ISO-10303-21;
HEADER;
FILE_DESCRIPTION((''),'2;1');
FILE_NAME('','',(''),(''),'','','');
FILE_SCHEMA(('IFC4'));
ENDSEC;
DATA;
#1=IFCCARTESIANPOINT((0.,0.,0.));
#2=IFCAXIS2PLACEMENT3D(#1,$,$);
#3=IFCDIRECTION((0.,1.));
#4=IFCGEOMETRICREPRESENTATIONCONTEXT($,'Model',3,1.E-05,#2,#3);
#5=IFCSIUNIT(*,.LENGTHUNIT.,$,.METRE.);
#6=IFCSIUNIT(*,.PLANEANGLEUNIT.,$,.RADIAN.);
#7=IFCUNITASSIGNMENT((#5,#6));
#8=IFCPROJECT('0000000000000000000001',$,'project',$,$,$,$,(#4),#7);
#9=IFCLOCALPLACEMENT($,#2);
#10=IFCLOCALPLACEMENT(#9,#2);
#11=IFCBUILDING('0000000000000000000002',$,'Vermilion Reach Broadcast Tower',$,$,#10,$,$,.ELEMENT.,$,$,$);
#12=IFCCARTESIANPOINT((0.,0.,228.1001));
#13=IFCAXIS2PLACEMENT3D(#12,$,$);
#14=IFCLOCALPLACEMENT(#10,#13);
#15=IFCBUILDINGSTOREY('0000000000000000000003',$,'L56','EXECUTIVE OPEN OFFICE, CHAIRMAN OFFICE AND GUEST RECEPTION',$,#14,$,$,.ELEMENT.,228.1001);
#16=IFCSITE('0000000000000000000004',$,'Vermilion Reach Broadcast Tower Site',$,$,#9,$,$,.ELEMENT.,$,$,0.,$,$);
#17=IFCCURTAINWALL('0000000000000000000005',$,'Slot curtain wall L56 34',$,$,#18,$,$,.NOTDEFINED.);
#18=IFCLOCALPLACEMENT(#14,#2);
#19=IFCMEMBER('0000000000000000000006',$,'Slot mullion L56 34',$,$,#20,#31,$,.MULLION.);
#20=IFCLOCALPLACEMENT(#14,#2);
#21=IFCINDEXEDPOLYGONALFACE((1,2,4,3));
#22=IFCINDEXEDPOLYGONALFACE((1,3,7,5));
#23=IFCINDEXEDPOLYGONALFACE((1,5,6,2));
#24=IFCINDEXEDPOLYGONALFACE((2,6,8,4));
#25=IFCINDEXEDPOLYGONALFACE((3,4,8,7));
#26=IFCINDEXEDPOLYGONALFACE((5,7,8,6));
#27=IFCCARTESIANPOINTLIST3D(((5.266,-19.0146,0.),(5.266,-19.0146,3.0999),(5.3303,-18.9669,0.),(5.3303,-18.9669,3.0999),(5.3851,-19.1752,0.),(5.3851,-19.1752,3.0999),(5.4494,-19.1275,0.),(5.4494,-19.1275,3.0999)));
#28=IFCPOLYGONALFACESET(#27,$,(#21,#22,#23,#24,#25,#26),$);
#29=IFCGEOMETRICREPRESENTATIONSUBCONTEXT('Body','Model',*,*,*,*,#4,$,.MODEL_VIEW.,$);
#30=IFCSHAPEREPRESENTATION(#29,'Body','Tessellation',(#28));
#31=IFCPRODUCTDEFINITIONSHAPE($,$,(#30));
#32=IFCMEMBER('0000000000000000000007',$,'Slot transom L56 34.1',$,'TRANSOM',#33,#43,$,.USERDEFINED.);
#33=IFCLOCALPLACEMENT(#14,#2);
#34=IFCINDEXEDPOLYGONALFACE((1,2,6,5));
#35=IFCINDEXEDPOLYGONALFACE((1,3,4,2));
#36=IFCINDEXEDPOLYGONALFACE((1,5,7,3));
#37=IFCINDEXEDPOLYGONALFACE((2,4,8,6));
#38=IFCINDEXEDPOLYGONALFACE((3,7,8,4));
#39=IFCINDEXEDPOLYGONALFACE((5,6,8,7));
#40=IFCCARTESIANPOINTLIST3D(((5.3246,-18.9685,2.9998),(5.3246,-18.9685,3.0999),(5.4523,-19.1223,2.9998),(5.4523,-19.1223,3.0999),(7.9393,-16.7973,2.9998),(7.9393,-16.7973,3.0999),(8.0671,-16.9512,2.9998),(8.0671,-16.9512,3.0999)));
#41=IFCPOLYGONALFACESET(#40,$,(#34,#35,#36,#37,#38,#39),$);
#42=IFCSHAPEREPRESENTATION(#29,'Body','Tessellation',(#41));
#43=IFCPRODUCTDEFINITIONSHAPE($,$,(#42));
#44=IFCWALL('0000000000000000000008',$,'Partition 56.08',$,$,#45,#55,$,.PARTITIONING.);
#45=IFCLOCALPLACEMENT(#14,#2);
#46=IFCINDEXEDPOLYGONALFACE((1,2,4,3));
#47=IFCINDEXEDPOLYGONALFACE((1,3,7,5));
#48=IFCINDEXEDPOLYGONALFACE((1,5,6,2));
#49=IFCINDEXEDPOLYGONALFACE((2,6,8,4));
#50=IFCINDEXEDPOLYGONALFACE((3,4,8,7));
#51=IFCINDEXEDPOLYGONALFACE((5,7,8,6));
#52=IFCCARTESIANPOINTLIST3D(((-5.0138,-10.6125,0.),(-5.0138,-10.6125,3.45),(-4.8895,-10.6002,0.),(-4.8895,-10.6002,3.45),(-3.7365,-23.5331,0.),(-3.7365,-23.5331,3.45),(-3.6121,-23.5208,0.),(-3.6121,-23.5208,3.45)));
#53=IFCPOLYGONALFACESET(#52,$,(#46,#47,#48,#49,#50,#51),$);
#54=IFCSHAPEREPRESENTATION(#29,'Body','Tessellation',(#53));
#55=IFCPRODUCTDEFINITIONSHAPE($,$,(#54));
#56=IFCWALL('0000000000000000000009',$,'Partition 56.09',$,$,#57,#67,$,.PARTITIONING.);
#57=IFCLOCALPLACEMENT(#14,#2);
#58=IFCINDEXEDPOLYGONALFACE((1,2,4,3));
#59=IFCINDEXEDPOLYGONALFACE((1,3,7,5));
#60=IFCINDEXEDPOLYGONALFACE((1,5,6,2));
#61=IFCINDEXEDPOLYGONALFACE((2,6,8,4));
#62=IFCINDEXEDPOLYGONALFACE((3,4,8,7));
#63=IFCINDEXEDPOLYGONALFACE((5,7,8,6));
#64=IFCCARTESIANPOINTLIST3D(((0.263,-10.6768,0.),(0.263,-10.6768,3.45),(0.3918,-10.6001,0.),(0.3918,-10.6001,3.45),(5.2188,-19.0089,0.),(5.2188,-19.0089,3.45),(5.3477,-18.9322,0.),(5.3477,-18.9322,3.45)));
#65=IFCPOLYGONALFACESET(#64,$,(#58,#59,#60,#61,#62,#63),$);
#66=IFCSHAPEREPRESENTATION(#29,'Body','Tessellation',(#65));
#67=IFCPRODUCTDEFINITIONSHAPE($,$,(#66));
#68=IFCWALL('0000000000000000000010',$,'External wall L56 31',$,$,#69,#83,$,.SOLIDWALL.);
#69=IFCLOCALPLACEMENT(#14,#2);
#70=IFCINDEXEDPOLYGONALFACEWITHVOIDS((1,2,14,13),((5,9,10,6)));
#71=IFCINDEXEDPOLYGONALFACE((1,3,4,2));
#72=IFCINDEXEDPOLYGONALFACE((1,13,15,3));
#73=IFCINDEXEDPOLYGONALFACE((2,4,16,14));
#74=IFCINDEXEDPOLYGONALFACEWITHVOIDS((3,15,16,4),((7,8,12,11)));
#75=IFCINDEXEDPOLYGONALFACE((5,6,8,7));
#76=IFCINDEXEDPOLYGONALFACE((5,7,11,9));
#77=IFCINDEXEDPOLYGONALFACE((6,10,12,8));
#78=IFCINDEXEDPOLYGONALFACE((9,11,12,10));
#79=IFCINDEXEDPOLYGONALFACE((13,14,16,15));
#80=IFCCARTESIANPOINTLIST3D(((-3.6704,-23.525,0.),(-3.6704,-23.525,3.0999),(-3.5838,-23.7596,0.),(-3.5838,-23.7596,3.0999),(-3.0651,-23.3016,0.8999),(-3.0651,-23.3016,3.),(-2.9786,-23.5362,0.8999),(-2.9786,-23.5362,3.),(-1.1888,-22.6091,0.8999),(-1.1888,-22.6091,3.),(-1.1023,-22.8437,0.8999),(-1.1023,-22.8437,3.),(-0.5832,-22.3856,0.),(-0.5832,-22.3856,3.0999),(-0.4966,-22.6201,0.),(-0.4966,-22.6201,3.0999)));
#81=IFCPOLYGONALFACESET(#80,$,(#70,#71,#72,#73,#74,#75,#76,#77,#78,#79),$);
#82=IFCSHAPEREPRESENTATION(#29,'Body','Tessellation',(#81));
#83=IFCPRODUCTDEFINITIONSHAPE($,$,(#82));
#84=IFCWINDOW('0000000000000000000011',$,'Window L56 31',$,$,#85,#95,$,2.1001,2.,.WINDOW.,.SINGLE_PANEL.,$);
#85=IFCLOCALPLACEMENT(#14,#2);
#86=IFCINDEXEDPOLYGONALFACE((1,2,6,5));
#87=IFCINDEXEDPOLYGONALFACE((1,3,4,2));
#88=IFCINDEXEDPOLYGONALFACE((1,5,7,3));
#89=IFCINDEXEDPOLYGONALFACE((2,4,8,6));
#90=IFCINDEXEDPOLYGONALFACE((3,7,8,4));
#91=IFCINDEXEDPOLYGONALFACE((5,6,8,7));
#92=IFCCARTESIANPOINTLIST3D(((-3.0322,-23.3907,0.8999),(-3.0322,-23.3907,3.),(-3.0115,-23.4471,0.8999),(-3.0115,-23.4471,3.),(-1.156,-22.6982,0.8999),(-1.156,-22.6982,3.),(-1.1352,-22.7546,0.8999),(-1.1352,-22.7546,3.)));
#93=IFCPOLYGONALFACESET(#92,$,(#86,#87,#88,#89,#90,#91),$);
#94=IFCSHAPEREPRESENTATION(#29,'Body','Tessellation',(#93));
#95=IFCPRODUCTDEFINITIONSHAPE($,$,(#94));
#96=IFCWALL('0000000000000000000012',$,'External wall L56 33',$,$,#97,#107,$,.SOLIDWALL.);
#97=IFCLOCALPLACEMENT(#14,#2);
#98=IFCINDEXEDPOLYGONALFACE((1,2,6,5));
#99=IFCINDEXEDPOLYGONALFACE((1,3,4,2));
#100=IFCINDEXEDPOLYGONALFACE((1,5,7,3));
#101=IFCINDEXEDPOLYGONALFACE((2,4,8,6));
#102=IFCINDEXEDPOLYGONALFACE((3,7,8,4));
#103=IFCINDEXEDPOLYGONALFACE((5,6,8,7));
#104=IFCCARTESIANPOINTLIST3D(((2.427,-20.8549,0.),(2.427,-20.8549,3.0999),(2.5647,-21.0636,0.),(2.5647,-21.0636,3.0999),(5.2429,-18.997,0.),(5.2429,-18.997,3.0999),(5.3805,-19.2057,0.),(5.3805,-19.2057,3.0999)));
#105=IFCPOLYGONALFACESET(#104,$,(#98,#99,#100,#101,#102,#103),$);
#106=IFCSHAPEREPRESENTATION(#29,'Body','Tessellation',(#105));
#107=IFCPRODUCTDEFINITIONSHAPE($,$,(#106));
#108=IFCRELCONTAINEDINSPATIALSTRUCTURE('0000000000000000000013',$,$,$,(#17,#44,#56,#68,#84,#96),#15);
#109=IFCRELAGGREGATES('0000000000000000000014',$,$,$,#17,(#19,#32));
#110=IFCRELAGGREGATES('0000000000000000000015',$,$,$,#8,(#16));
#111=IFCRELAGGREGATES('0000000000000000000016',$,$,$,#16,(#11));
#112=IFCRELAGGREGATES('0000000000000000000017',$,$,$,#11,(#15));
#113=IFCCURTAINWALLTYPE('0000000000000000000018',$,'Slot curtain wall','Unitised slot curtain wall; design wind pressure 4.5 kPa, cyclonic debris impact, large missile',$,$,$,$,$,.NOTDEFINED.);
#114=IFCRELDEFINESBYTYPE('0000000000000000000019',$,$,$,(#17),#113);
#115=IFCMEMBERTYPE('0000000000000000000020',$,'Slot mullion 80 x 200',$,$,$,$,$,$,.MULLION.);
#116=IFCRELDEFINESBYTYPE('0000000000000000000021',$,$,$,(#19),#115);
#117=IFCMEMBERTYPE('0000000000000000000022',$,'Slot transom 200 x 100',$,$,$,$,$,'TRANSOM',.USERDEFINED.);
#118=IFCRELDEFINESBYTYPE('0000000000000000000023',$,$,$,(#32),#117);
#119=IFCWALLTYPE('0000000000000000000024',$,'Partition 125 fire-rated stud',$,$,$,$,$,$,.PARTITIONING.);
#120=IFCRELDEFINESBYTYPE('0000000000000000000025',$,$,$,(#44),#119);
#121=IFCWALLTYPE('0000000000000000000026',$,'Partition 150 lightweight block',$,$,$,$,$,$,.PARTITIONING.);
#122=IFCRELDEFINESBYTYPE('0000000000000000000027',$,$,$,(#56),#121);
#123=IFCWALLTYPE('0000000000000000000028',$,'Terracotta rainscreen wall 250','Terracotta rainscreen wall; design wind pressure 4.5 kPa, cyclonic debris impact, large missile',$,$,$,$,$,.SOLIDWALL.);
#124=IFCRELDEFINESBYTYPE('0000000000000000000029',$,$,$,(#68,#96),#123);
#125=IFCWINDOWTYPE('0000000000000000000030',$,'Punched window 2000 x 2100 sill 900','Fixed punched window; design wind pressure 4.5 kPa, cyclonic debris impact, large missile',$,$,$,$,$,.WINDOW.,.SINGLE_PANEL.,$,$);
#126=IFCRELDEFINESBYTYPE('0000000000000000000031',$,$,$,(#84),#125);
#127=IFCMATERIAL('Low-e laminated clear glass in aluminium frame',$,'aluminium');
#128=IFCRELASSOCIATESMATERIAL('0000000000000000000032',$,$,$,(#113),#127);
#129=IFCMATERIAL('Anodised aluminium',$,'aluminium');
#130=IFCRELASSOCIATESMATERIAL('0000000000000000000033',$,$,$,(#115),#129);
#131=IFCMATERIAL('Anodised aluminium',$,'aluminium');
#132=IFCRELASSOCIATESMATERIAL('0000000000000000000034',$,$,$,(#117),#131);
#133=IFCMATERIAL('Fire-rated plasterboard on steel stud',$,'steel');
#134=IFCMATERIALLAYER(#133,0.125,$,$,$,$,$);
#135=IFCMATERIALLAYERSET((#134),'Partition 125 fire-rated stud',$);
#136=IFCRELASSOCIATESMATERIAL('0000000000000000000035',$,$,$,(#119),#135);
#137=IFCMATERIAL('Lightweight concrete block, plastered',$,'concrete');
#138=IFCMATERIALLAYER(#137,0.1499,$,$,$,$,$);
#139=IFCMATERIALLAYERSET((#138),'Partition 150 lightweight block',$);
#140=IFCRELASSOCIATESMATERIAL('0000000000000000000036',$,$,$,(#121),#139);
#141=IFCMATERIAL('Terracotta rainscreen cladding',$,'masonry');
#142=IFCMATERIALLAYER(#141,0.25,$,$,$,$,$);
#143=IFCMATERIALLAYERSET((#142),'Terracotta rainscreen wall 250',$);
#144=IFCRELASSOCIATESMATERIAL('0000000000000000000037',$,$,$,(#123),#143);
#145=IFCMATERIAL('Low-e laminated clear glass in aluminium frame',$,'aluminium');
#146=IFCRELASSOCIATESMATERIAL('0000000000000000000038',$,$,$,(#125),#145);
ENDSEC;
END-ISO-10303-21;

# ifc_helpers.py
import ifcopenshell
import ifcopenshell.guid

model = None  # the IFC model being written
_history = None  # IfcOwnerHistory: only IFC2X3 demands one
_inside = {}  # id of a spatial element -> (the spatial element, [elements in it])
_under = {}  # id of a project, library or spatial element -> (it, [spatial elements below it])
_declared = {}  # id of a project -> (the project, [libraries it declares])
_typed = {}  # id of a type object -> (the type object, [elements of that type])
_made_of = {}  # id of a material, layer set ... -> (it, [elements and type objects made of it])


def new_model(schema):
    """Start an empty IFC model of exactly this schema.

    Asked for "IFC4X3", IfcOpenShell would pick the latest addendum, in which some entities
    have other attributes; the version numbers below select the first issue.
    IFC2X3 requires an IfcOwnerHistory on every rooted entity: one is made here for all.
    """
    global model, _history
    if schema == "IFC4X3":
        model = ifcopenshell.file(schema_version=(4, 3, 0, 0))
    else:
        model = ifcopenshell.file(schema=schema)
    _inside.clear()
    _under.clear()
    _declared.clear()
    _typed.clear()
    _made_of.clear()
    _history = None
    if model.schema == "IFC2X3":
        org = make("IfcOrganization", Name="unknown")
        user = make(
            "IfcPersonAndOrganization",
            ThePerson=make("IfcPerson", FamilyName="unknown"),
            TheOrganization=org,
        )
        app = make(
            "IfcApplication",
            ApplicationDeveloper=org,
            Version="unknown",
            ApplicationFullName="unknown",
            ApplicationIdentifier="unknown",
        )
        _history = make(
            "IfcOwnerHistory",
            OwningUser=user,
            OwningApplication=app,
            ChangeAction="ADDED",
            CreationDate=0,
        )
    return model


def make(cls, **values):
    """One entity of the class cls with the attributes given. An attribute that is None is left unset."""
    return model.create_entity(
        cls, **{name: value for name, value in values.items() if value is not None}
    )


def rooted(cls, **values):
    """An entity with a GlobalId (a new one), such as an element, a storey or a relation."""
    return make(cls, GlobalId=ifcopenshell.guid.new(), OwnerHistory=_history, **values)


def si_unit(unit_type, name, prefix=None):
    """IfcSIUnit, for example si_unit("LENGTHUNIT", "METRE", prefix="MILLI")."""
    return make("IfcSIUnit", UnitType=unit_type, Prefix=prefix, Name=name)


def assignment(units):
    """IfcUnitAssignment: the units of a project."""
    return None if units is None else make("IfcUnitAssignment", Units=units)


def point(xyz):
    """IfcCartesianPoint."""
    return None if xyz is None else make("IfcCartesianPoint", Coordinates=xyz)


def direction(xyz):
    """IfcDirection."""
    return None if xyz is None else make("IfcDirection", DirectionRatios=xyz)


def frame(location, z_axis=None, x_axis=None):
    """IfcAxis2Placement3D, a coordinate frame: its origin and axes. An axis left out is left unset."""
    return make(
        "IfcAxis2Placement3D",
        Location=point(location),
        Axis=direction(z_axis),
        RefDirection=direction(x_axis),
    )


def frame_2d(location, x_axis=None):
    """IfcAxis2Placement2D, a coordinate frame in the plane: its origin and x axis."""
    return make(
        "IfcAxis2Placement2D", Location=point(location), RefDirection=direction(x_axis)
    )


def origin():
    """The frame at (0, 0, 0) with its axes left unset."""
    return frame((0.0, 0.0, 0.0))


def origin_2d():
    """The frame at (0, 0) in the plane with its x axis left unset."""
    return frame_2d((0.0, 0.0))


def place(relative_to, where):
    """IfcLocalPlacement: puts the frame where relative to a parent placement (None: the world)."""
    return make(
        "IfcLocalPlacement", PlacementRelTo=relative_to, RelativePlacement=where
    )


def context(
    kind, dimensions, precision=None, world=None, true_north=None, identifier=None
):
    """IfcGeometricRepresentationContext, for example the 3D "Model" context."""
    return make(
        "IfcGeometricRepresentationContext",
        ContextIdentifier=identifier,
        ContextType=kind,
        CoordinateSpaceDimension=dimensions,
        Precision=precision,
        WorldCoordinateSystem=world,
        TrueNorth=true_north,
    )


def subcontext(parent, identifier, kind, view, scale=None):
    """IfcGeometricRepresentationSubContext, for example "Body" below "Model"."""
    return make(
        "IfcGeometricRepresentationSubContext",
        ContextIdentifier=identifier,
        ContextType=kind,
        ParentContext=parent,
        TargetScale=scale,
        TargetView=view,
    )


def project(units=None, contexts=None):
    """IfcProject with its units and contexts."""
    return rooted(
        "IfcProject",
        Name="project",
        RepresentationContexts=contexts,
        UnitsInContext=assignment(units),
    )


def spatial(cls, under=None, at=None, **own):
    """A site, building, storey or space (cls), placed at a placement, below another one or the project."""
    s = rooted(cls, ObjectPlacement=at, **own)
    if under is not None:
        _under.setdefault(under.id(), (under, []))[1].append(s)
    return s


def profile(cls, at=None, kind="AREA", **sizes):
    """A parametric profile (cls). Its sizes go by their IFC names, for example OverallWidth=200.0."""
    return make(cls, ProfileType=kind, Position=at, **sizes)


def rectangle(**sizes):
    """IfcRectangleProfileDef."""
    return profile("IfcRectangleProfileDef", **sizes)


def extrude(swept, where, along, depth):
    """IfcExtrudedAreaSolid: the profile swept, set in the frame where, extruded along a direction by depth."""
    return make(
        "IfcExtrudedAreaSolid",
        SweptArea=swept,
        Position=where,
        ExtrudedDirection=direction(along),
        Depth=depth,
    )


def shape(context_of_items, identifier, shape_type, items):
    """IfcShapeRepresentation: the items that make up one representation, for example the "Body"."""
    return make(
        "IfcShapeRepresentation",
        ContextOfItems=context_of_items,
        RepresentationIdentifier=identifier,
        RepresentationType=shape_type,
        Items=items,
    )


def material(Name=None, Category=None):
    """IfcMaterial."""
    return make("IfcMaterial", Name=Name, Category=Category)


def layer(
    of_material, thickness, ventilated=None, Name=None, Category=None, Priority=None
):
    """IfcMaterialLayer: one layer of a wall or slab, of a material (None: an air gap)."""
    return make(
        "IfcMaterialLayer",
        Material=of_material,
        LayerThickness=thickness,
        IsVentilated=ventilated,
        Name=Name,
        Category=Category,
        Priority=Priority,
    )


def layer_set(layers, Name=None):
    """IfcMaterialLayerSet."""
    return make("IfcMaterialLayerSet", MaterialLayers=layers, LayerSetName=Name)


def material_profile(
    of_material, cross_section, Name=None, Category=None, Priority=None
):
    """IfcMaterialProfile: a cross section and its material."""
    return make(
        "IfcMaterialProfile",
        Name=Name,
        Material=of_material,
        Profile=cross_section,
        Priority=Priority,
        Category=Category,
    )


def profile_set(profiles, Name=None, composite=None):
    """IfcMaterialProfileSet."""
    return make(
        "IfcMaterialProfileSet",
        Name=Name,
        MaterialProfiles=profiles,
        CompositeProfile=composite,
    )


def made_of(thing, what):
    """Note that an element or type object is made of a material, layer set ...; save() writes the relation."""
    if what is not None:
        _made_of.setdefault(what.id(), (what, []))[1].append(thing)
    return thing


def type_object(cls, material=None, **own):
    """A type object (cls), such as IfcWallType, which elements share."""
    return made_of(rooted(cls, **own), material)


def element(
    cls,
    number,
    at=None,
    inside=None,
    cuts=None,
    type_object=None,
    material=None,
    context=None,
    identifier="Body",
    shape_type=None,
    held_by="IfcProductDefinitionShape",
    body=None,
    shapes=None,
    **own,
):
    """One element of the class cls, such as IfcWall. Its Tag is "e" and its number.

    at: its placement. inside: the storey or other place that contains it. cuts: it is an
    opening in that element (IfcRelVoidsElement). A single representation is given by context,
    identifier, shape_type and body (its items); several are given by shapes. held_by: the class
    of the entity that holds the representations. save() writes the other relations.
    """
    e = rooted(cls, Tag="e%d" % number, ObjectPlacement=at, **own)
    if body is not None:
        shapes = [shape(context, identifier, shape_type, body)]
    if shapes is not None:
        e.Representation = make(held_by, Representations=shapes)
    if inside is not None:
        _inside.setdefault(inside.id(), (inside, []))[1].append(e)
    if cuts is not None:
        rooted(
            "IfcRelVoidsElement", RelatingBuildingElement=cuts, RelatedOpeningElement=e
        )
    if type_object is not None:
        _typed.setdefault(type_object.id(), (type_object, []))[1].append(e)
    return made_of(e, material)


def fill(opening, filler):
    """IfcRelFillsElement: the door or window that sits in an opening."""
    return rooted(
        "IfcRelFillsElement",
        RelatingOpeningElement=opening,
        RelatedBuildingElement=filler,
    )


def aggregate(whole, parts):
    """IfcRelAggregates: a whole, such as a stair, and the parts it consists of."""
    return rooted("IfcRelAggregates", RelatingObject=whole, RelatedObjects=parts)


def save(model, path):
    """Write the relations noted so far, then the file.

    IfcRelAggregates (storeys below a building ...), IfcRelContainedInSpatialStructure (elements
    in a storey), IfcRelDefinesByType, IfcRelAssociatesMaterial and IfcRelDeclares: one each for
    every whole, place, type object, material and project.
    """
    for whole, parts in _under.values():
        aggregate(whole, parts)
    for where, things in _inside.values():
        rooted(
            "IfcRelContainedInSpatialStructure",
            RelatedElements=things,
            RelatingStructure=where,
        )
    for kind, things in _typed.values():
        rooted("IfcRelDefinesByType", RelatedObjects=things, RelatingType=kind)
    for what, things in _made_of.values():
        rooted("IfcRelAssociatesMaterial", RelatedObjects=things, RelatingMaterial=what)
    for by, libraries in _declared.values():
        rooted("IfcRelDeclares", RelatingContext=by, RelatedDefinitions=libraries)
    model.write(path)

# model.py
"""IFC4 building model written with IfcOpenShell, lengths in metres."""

from ifc_helpers import new_model, si_unit, direction, frame, frame_2d, origin, origin_2d, place, context, subcontext, project, spatial, rectangle, extrude, material, layer, layer_set, material_profile, profile_set, type_object, element, fill, aggregate, save


model = new_model("IFC4")

# Units and contexts
model_context = context("Model", 3, precision=1e-05, world=origin(), true_north=direction((0.0, 1.0)))
body_context = subcontext(model_context, "Body", "Model", "MODEL_VIEW")
ifc_project = project(units=[si_unit("LENGTHUNIT", "METRE"), si_unit("PLANEANGLEUNIT", "RADIAN")], contexts=[model_context])

# Site, building, storey
site_placement = place(None, origin())
site = spatial("IfcSite", under=ifc_project, at=site_placement, Name="Vermilion Reach Broadcast Tower Site", CompositionType="ELEMENT", RefElevation=0.0)
building_placement = place(site_placement, origin())
building = spatial("IfcBuilding", under=site, at=building_placement, Name="Vermilion Reach Broadcast Tower", CompositionType="ELEMENT")
storey_placement = place(building_placement, frame((0.0, 0.0, 228.1001)))
storey = spatial("IfcBuildingStorey", under=building, at=storey_placement, Name="L56", Description="EXECUTIVE OPEN OFFICE, CHAIRMAN OFFICE AND GUEST RECEPTION", CompositionType="ELEMENT", Elevation=228.1001)

# Curtain wall, members
ifc_material_1 = material(Name="Low-e laminated clear glass in aluminium frame", Category="aluminium")
curtain_wall_type = type_object("IfcCurtainWallType", Name="Slot curtain wall", Description="Unitised slot curtain wall; design wind pressure 4.5 kPa, cyclonic debris impact, large missile", PredefinedType="NOTDEFINED", material=ifc_material_1)
curtain_wall_placement = place(storey_placement, origin())
curtain_wall = element("IfcCurtainWall", 1, at=curtain_wall_placement, inside=storey, type_object=curtain_wall_type, Name="Slot curtain wall L56 34", PredefinedType="NOTDEFINED")
ifc_material_2 = material(Name="Anodised aluminium", Category="aluminium")
ifc_material_profile_1 = material_profile(ifc_material_2, rectangle(XDim=0.2, YDim=0.0801, at=origin_2d()), Name="Slot mullion 80 x 200")
ifc_profile_set_1 = profile_set([ifc_material_profile_1], Name="Anodised aluminium")
member_type_1 = type_object("IfcMemberType", Name="Slot mullion 80 x 200", PredefinedType="MULLION", material=ifc_profile_set_1)
member_1_placement = place(storey_placement, frame((5.3577, -19.071, 0.0), z_axis=(0.0, 0.0, 1.0), x_axis=(-0.59565, 0.803244, 0.0)))
member_1 = element("IfcMember", 2, at=member_1_placement, type_object=member_type_1, Name="Slot mullion L56 34", PredefinedType="MULLION", context=body_context, shape_type="SweptSolid", body=[
    extrude(rectangle(XDim=0.2, YDim=0.0801, at=origin_2d()), origin(), (0.0, 0.0, 1.0), 3.0999),
])
ifc_material_3 = material(Name="Anodised aluminium", Category="aluminium")
ifc_material_profile_2 = material_profile(ifc_material_3, rectangle(XDim=0.2, YDim=0.1001, at=origin_2d()), Name="Slot transom 200 x 100")
ifc_profile_set_2 = profile_set([ifc_material_profile_2], Name="Anodised aluminium")
member_type_2 = type_object("IfcMemberType", Name="Slot transom 200 x 100", ElementType="TRANSOM", PredefinedType="USERDEFINED", material=ifc_profile_set_2)
member_2_placement = place(storey_placement, frame((5.3884, -19.0454, 3.0498), z_axis=(0.769351, 0.638827, 0.0), x_axis=(-0.638827, 0.769351, 0.0)))
member_2 = element("IfcMember", 3, at=member_2_placement, type_object=member_type_2, Name="Slot transom L56 34.1", ObjectType="TRANSOM", PredefinedType="USERDEFINED", context=body_context, shape_type="SweptSolid", body=[
    extrude(rectangle(XDim=0.2, YDim=0.1001, at=origin_2d()), origin(), (0.0, 0.0, 1.0), 3.3987),
])
aggregate(curtain_wall, [member_1, member_2])

# Walls
ifc_material_4 = material(Name="Fire-rated plasterboard on steel stud", Category="steel")
ifc_layer_1 = layer(ifc_material_4, 0.125)
ifc_layer_set_1 = layer_set([ifc_layer_1], Name="Partition 125 fire-rated stud")
wall_type_1 = type_object("IfcWallType", Name="Partition 125 fire-rated stud", PredefinedType="PARTITIONING", material=ifc_layer_set_1)
wall_1_placement = place(storey_placement, frame((-3.6743, -23.5269, 0.0), z_axis=(0.0, 0.0, 1.0), x_axis=(-0.098381, 0.995149, 0.0)))
element("IfcWall", 4, at=wall_1_placement, inside=storey, type_object=wall_type_1, Name="Partition 56.08", PredefinedType="PARTITIONING", context=body_context, shape_type="SweptSolid", body=[
    extrude(rectangle(XDim=12.9836, YDim=0.125, at=frame_2d((6.4917, 0.0))), origin(), (0.0, 0.0, 1.0), 3.45),
])
ifc_material_5 = material(Name="Lightweight concrete block, plastered", Category="concrete")
ifc_layer_2 = layer(ifc_material_5, 0.1499)
ifc_layer_set_2 = layer_set([ifc_layer_2], Name="Partition 150 lightweight block")
wall_type_2 = type_object("IfcWallType", Name="Partition 150 lightweight block", PredefinedType="PARTITIONING", material=ifc_layer_set_2)
wall_2_placement = place(storey_placement, frame((5.2832, -18.9705, 0.0), z_axis=(0.0, 0.0, 1.0), x_axis=(-0.5112, 0.859462, 0.0)))
element("IfcWall", 5, at=wall_2_placement, inside=storey, type_object=wall_type_2, Name="Partition 56.09", PredefinedType="PARTITIONING", context=body_context, shape_type="SweptSolid", body=[
    extrude(rectangle(XDim=9.6946, YDim=0.1499, at=frame_2d((4.8472, 0.0))), origin(), (0.0, 0.0, 1.0), 3.45),
])

# Wall, opening, window
ifc_material_6 = material(Name="Terracotta rainscreen cladding", Category="masonry")
ifc_layer_3 = layer(ifc_material_6, 0.25)
ifc_layer_set_3 = layer_set([ifc_layer_3], Name="Terracotta rainscreen wall 250")
wall_type_3 = type_object("IfcWallType", Name="Terracotta rainscreen wall 250", Description="Terracotta rainscreen wall; design wind pressure 4.5 kPa, cyclonic debris impact, large missile", PredefinedType="SOLIDWALL", material=ifc_layer_set_3)
wall_3_placement = place(storey_placement, frame((-3.6272, -23.6423, 0.0), z_axis=(0.0, 0.0, 1.0), x_axis=(0.938143, 0.346249, 0.0)))
wall_3 = element("IfcWall", 6, at=wall_3_placement, inside=storey, type_object=wall_type_3, Name="External wall L56 31", PredefinedType="SOLIDWALL", context=body_context, shape_type="SweptSolid", body=[
    extrude(rectangle(XDim=3.2908, YDim=0.25, at=frame_2d((1.6455, 0.0))), origin(), (0.0, 0.0, 1.0), 3.0999),
])
opening_1_placement = place(wall_3_placement, frame((0.6453, 0.0, 0.8999)))
opening_1 = element("IfcOpeningElement", 7, at=opening_1_placement, cuts=wall_3, PredefinedType="OPENING", context=body_context, shape_type="SweptSolid", body=[
    extrude(rectangle(XDim=2.0, YDim=2.1001, at=frame_2d((1.0, 1.05))), frame((0.0, 0.135, 0.0), z_axis=(0.0, -1.0, 0.0), x_axis=(1.0, 0.0, 0.0)), (0.0, 0.0, 1.0), 0.27),
])
ifc_material_7 = material(Name="Low-e laminated clear glass in aluminium frame", Category="aluminium")
window_type = type_object("IfcWindowType", Name="Punched window 2000 x 2100 sill 900", Description="Fixed punched window; design wind pressure 4.5 kPa, cyclonic debris impact, large missile", PartitioningType="SINGLE_PANEL", PredefinedType="WINDOW", material=ifc_material_7)
window_placement = place(opening_1_placement, origin())
window = element("IfcWindow", 8, at=window_placement, inside=storey, type_object=window_type, Name="Window L56 31", OverallHeight=2.1001, OverallWidth=2.0, PartitioningType="SINGLE_PANEL", PredefinedType="WINDOW", context=body_context, shape_type="SweptSolid", body=[
    extrude(rectangle(XDim=2.0, YDim=2.1001, at=frame_2d((1.0, 1.05))), frame((0.0, 0.03, 0.0), z_axis=(0.0, -1.0, 0.0), x_axis=(1.0, 0.0, 0.0)), (0.0, 0.0, 1.0), 0.0601),
])
fill(opening_1, window)

# Wall
wall_4_placement = place(storey_placement, frame((2.4958, -20.9592, 0.0), z_axis=(0.0, 0.0, 1.0), x_axis=(0.834691, 0.550719, 0.0)))
element("IfcWall", 9, at=wall_4_placement, inside=storey, type_object=wall_type_3, Name="External wall L56 33", PredefinedType="SOLIDWALL", context=body_context, shape_type="SweptSolid", body=[
    extrude(rectangle(XDim=3.3735, YDim=0.25, at=frame_2d((1.6868, 0.0))), origin(), (0.0, 0.0, 1.0), 3.0999),
])

save(model, "model.ifc")
